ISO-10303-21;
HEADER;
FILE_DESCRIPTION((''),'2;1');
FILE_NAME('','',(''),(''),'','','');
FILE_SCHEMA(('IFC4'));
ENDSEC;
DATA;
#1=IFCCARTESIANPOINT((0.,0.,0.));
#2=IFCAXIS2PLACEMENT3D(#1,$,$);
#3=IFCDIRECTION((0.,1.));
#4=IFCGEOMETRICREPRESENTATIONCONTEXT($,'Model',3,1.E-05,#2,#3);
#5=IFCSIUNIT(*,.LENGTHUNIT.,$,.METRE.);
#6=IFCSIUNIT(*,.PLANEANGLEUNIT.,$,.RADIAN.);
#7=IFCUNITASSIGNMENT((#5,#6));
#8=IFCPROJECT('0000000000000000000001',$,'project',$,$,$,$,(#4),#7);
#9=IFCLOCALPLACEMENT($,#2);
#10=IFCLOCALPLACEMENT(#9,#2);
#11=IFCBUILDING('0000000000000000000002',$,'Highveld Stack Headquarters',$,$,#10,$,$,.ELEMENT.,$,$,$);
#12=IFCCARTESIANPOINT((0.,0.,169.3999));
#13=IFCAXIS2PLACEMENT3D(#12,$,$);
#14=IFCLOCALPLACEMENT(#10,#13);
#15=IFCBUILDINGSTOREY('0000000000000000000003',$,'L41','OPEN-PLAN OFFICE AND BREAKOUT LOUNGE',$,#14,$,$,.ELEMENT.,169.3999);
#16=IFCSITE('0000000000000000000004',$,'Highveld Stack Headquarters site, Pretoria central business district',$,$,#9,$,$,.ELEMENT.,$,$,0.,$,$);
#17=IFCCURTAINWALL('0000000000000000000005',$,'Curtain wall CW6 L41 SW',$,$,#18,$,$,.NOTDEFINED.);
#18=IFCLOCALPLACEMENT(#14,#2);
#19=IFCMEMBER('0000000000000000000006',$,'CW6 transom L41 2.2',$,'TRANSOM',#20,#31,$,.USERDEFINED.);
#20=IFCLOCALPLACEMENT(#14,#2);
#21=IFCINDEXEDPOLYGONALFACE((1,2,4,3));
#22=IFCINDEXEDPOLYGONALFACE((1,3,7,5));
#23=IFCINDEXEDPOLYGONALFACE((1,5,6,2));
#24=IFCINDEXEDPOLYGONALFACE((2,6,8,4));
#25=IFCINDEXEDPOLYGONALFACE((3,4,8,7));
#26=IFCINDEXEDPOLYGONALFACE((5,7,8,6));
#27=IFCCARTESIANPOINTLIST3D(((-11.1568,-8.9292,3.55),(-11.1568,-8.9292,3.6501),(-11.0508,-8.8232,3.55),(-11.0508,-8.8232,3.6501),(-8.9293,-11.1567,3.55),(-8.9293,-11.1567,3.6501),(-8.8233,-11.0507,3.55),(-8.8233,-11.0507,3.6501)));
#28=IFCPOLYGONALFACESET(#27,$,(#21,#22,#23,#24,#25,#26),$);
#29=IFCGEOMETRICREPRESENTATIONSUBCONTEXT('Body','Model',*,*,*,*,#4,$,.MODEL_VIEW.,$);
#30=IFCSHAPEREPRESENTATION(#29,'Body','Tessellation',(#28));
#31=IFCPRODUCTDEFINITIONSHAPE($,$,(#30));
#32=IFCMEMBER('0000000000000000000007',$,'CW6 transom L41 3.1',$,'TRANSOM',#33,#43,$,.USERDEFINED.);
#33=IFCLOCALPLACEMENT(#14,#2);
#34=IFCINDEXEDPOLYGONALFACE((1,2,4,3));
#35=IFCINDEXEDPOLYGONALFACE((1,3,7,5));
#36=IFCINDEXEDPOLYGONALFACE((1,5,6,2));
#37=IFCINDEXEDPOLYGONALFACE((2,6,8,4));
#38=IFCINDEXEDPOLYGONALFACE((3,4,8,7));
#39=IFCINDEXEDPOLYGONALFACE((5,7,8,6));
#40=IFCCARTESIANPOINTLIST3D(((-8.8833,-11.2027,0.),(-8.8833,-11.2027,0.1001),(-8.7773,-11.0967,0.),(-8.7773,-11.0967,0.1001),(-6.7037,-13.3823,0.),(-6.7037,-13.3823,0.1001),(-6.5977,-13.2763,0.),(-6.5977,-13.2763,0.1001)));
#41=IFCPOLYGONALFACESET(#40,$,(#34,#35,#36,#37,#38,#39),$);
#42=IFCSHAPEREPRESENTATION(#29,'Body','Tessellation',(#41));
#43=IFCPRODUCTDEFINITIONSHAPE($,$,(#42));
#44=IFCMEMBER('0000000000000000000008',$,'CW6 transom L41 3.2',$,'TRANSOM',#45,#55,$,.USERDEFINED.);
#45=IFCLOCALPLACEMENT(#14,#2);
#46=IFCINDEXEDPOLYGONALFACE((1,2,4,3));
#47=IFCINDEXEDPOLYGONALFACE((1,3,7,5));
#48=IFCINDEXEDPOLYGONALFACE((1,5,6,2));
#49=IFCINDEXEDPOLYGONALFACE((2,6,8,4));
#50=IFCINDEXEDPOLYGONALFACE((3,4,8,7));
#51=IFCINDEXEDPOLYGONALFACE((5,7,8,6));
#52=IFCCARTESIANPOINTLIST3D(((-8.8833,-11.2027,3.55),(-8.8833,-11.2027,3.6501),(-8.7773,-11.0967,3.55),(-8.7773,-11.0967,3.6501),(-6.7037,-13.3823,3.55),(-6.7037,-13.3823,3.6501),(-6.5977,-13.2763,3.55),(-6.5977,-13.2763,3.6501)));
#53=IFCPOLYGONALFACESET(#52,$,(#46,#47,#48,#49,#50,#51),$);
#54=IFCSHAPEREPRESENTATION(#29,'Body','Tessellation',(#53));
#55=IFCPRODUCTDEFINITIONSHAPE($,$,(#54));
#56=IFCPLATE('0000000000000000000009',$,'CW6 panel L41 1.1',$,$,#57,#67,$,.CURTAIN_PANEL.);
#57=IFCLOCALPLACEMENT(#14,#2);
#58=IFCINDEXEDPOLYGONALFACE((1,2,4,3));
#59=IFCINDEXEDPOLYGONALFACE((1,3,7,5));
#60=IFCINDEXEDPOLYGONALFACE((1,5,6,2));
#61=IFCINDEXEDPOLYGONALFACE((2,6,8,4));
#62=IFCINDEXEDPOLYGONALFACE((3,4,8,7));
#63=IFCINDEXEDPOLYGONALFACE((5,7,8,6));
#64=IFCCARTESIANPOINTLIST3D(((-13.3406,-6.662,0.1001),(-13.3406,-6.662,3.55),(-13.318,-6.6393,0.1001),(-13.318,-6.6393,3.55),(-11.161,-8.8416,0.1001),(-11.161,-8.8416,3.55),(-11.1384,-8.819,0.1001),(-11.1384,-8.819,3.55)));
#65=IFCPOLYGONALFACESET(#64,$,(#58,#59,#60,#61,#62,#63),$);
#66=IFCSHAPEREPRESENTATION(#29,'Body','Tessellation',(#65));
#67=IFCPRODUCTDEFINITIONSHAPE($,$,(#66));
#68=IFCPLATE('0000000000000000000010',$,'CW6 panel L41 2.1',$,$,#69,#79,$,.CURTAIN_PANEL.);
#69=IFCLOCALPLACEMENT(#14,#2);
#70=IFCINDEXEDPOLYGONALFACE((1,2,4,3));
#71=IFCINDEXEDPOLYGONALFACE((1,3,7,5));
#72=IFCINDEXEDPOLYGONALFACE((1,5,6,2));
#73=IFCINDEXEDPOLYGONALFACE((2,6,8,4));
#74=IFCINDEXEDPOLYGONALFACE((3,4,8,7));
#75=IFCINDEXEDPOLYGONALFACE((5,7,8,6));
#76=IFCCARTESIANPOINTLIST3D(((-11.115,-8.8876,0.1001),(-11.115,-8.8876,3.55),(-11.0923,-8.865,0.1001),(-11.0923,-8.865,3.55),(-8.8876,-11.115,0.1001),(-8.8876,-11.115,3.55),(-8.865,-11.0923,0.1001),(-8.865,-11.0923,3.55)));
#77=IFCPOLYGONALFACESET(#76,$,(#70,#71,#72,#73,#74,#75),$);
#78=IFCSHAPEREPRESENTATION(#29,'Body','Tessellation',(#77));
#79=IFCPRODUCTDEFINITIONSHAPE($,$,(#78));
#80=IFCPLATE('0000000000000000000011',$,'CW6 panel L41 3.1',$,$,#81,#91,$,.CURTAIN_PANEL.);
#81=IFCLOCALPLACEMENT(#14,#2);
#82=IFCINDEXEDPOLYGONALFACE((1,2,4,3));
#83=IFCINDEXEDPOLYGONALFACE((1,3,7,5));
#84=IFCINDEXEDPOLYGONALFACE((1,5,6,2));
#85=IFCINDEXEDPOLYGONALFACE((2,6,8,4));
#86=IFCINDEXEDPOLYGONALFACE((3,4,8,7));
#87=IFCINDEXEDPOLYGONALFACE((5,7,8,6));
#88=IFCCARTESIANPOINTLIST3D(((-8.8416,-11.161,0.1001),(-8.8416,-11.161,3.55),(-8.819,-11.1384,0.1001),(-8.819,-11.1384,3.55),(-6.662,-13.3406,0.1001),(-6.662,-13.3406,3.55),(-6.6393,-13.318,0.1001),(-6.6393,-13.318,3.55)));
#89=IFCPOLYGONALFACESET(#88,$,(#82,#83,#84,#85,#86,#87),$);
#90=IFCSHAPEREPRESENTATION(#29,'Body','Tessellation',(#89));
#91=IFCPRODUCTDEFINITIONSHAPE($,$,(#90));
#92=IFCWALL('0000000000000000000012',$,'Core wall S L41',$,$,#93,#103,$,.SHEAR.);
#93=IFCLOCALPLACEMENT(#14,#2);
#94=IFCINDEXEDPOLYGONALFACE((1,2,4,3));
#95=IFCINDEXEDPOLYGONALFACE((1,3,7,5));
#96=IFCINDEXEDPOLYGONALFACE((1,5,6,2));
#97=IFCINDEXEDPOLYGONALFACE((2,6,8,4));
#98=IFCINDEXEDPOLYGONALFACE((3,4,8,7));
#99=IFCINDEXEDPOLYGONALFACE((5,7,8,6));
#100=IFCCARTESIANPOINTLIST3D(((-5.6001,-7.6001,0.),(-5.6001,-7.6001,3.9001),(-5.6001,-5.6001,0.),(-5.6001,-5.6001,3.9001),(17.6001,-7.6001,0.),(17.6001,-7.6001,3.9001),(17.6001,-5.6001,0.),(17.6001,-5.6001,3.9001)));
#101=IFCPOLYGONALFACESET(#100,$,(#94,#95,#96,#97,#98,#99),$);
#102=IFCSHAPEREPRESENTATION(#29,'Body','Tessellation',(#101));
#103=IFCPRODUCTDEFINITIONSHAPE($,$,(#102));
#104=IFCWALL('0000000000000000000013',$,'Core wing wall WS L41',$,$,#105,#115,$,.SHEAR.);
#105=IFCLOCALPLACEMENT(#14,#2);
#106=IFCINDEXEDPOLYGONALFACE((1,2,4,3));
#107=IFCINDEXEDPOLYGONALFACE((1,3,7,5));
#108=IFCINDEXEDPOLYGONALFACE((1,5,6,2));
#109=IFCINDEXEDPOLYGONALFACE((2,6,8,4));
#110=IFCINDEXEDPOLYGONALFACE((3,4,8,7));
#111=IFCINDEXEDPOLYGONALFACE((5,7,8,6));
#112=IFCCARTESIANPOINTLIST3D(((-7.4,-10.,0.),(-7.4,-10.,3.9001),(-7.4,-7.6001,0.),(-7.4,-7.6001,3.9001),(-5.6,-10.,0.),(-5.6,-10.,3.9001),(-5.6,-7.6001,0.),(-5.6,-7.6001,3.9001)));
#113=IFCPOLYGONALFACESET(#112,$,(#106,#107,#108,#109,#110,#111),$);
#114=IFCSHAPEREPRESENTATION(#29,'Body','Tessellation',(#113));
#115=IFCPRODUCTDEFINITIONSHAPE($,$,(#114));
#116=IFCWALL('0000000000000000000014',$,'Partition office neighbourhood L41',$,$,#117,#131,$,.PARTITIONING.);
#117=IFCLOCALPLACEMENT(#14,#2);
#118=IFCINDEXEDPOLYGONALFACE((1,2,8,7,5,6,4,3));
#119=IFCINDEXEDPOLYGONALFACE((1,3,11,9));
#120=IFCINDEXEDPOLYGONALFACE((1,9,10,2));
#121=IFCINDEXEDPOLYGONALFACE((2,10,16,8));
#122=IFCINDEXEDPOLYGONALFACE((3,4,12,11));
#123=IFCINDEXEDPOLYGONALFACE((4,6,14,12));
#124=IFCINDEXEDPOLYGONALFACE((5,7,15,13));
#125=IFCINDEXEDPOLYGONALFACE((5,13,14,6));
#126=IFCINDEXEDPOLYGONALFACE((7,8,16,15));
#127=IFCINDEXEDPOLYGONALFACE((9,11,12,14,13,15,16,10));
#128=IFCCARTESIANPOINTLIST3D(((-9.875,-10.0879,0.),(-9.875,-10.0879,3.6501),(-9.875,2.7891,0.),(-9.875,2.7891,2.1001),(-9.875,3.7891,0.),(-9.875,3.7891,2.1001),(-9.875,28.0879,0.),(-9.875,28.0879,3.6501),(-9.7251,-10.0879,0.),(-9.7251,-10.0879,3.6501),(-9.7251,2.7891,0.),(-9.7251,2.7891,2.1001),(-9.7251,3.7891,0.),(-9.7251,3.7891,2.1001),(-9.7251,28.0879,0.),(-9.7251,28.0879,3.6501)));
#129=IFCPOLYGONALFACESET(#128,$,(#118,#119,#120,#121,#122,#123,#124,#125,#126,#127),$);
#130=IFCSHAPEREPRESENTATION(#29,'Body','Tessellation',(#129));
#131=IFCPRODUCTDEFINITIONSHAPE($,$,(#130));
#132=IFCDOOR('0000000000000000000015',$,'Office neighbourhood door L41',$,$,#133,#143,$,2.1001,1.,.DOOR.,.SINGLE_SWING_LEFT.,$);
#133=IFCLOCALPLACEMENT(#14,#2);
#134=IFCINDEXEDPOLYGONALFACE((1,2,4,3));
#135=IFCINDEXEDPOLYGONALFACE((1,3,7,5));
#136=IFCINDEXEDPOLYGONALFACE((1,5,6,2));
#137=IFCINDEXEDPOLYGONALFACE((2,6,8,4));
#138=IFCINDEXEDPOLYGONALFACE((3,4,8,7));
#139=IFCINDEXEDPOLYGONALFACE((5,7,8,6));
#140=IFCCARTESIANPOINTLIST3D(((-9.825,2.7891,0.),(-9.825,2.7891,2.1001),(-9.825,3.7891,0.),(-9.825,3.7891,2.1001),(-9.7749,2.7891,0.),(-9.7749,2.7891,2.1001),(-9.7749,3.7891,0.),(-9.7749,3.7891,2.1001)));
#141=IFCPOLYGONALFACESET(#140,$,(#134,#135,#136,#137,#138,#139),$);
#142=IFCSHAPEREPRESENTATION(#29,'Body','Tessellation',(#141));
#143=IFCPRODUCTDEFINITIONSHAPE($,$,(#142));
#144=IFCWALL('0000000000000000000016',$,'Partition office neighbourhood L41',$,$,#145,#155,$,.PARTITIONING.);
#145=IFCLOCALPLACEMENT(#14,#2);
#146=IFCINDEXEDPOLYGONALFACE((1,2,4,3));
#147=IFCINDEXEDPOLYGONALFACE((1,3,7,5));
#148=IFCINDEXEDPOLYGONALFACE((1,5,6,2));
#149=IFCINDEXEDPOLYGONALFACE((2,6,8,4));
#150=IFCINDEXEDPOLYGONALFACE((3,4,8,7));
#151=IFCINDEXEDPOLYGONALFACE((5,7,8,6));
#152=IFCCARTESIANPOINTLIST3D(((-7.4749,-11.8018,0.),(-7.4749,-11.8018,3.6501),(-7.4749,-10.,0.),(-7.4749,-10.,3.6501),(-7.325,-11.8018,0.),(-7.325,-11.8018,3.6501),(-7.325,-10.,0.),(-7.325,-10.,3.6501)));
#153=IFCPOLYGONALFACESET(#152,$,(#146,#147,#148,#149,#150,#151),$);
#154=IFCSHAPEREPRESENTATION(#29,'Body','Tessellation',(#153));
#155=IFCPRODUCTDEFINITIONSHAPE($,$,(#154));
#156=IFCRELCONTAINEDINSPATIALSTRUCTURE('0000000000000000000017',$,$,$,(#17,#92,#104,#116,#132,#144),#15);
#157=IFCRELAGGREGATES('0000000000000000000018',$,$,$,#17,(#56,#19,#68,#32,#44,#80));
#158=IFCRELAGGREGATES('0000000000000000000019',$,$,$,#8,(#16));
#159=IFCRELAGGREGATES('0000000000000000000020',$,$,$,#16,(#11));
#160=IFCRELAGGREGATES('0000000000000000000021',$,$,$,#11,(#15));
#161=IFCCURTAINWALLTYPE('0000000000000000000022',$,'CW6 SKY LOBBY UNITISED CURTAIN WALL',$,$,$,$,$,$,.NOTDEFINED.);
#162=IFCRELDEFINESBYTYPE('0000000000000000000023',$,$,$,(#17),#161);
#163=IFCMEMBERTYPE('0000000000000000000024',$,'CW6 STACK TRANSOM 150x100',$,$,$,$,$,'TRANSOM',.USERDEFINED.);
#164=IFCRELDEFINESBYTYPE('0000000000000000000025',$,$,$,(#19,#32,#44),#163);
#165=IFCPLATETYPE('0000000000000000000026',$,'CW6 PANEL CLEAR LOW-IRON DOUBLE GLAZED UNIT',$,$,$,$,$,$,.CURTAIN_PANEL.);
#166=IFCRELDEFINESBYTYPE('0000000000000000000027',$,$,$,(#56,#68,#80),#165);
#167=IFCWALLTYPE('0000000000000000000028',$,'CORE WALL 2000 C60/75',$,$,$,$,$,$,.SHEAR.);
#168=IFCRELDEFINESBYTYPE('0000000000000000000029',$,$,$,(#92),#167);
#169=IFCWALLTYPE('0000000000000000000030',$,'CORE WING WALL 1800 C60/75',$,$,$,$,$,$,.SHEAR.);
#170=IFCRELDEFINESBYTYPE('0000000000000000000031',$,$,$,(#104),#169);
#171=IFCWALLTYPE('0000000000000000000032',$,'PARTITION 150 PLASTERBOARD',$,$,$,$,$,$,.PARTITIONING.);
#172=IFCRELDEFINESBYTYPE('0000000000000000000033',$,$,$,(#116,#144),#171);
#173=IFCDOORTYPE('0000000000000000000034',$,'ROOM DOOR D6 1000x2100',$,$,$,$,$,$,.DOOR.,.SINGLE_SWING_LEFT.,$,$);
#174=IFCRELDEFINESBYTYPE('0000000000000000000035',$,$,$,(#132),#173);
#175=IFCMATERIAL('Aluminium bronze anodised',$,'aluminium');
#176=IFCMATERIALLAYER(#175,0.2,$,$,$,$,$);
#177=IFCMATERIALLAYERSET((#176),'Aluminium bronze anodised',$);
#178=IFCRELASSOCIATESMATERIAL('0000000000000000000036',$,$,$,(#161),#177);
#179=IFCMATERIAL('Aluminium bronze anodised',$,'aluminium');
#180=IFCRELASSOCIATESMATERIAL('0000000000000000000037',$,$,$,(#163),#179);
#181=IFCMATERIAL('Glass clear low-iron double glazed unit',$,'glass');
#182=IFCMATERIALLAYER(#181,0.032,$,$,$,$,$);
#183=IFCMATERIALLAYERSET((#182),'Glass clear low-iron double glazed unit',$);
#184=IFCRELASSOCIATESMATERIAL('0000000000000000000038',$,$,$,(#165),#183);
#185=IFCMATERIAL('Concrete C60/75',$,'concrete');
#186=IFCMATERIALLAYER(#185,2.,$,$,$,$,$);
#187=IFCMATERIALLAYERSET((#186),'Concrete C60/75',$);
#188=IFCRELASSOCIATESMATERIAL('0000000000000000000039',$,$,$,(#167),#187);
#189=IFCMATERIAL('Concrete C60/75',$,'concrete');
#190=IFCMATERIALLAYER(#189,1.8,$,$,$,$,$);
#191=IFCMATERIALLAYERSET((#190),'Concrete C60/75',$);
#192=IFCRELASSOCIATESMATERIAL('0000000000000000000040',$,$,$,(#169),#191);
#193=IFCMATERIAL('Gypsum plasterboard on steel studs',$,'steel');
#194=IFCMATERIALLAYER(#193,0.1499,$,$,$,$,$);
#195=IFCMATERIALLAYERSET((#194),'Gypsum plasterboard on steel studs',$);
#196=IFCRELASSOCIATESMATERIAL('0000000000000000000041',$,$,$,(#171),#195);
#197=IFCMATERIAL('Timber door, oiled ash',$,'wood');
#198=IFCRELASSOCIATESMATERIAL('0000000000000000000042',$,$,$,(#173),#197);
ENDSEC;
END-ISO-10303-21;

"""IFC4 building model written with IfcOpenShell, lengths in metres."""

from ifc_helpers import new_model, si_unit, direction, frame, frame_2d, origin, origin_2d, place, context, subcontext, project, spatial, rectangle, extrude, material, layer, layer_set, material_profile, profile_set, type_object, element, fill, aggregate, save


model = new_model("IFC4")

# Units and contexts
model_context = context("Model", 3, precision=1e-05, world=origin(), true_north=direction((0.0, 1.0)))
body_context = subcontext(model_context, "Body", "Model", "MODEL_VIEW")
ifc_project = project(units=[si_unit("LENGTHUNIT", "METRE"), si_unit("PLANEANGLEUNIT", "RADIAN")], contexts=[model_context])

# Site, building, storey
site_placement = place(None, origin())
site = spatial("IfcSite", under=ifc_project, at=site_placement, Name="Highveld Stack Headquarters site, Pretoria central business district", CompositionType="ELEMENT", RefElevation=0.0)
building_placement = place(site_placement, origin())
building = spatial("IfcBuilding", under=site, at=building_placement, Name="Highveld Stack Headquarters", CompositionType="ELEMENT")
storey_placement = place(building_placement, frame((0.0, 0.0, 169.3999)))
storey = spatial("IfcBuildingStorey", under=building, at=storey_placement, Name="L41", Description="OPEN-PLAN OFFICE AND BREAKOUT LOUNGE", CompositionType="ELEMENT", Elevation=169.3999)

# Shared definitions
ifc_material_1 = material(Name="Aluminium bronze anodised", Category="aluminium")
ifc_layer_1 = layer(ifc_material_1, 0.2)
ifc_layer_set_1 = layer_set([ifc_layer_1], Name="Aluminium bronze anodised")
curtain_wall_type = type_object("IfcCurtainWallType", Name="CW6 SKY LOBBY UNITISED CURTAIN WALL", PredefinedType="NOTDEFINED", material=ifc_layer_set_1)

# Curtain wall
curtain_wall_1_placement = place(storey_placement, origin())
curtain_wall_1 = element("IfcCurtainWall", 1, at=curtain_wall_1_placement, inside=storey, type_object=curtain_wall_type, Name="Curtain wall CW6 L41 SW", PredefinedType="NOTDEFINED")

# Members
ifc_material_2 = material(Name="Aluminium bronze anodised", Category="aluminium")
ifc_material_profile_1 = material_profile(ifc_material_2, rectangle(XDim=0.1499, YDim=0.1001, at=origin_2d()), Name="CW6 TRANSOM 150x100")
ifc_profile_set_1 = profile_set([ifc_material_profile_1], Name="Aluminium bronze anodised")
member_type_1 = type_object("IfcMemberType", Name="CW6 STACK TRANSOM 150x100", ElementType="TRANSOM", PredefinedType="USERDEFINED", material=ifc_profile_set_1)
member_1_placement = place(storey_placement, frame((-11.1038, -8.8762, 3.6001), z_axis=(0.707107, -0.707107, 0.0), x_axis=(0.707107, 0.707107, 0.0)))
member_1 = element("IfcMember", 2, at=member_1_placement, type_object=member_type_1, Name="CW6 transom L41 2.2", ObjectType="TRANSOM", PredefinedType="USERDEFINED", context=body_context, shape_type="SweptSolid", body=[
    extrude(rectangle(XDim=0.1499, YDim=0.1001, at=origin_2d()), origin(), (0.0, 0.0, 1.0), 3.1501),
])
member_2_placement = place(storey_placement, frame((-8.8303, -11.1497, 0.05), z_axis=(0.707107, -0.707107, 0.0), x_axis=(0.707107, 0.707107, 0.0)))
member_2 = element("IfcMember", 3, at=member_2_placement, type_object=member_type_1, Name="CW6 transom L41 3.1", ObjectType="TRANSOM", PredefinedType="USERDEFINED", context=body_context, shape_type="SweptSolid", body=[
    extrude(rectangle(XDim=0.1499, YDim=0.1001, at=origin_2d()), origin(), (0.0, 0.0, 1.0), 3.0825),
])
member_3_placement = place(storey_placement, frame((-8.8303, -11.1497, 3.6001), z_axis=(0.707107, -0.707107, 0.0), x_axis=(0.707107, 0.707107, 0.0)))
member_3 = element("IfcMember", 4, at=member_3_placement, type_object=member_type_1, Name="CW6 transom L41 3.2", ObjectType="TRANSOM", PredefinedType="USERDEFINED", context=body_context, shape_type="SweptSolid", body=[
    extrude(rectangle(XDim=0.1499, YDim=0.1001, at=origin_2d()), origin(), (0.0, 0.0, 1.0), 3.0825),
])

# Plates
ifc_material_3 = material(Name="Glass clear low-iron double glazed unit", Category="glass")
ifc_layer_2 = layer(ifc_material_3, 0.032)
ifc_layer_set_2 = layer_set([ifc_layer_2], Name="Glass clear low-iron double glazed unit")
plate_type = type_object("IfcPlateType", Name="CW6 PANEL CLEAR LOW-IRON DOUBLE GLAZED UNIT", PredefinedType="CURTAIN_PANEL", material=ifc_layer_set_2)
plate_1_placement = place(storey_placement, frame((-12.2395, -7.7405, 0.1001), z_axis=(0.0, 0.0, 1.0), x_axis=(0.707107, -0.707107, 0.0)))
plate_1 = element("IfcPlate", 5, at=plate_1_placement, type_object=plate_type, Name="CW6 panel L41 1.1", PredefinedType="CURTAIN_PANEL", context=body_context, shape_type="SweptSolid", body=[
    extrude(rectangle(XDim=3.0825, YDim=0.032, at=origin_2d()), origin(), (0.0, 0.0, 1.0), 3.45),
])
plate_2_placement = place(storey_placement, frame((-9.99, -9.99, 0.1001), z_axis=(0.0, 0.0, 1.0), x_axis=(0.707107, -0.707107, 0.0)))
plate_2 = element("IfcPlate", 6, at=plate_2_placement, type_object=plate_type, Name="CW6 panel L41 2.1", PredefinedType="CURTAIN_PANEL", context=body_context, shape_type="SweptSolid", body=[
    extrude(rectangle(XDim=3.1499, YDim=0.032, at=origin_2d()), origin(), (0.0, 0.0, 1.0), 3.45),
])
plate_3_placement = place(storey_placement, frame((-7.7405, -12.2395, 0.1001), z_axis=(0.0, 0.0, 1.0), x_axis=(0.707107, -0.707107, 0.0)))
plate_3 = element("IfcPlate", 7, at=plate_3_placement, type_object=plate_type, Name="CW6 panel L41 3.1", PredefinedType="CURTAIN_PANEL", context=body_context, shape_type="SweptSolid", body=[
    extrude(rectangle(XDim=3.0825, YDim=0.032, at=origin_2d()), origin(), (0.0, 0.0, 1.0), 3.45),
])
aggregate(curtain_wall_1, [plate_1, member_1, plate_2, member_2, member_3, plate_3])

# Walls
ifc_material_4 = material(Name="Concrete C60/75", Category="concrete")
ifc_layer_3 = layer(ifc_material_4, 2.0)
ifc_layer_set_3 = layer_set([ifc_layer_3], Name="Concrete C60/75")
wall_type_1 = type_object("IfcWallType", Name="CORE WALL 2000 C60/75", PredefinedType="SHEAR", material=ifc_layer_set_3)
wall_1_placement = place(storey_placement, frame((-5.6001, -6.6001, 0.0), z_axis=(0.0, 0.0, 1.0), x_axis=(1.0, 0.0, 0.0)))
element("IfcWall", 8, at=wall_1_placement, inside=storey, type_object=wall_type_1, Name="Core wall S L41", PredefinedType="SHEAR", context=body_context, shape_type="SweptSolid", body=[
    extrude(rectangle(XDim=23.2002, YDim=2.0, at=frame_2d((11.6001, 0.0))), origin(), (0.0, 0.0, 1.0), 3.9001),
])
ifc_material_5 = material(Name="Concrete C60/75", Category="concrete")
ifc_layer_4 = layer(ifc_material_5, 1.8)
ifc_layer_set_4 = layer_set([ifc_layer_4], Name="Concrete C60/75")
wall_type_2 = type_object("IfcWallType", Name="CORE WING WALL 1800 C60/75", PredefinedType="SHEAR", material=ifc_layer_set_4)
wall_2_placement = place(storey_placement, frame((-6.5, -10.0, 0.0), z_axis=(0.0, 0.0, 1.0), x_axis=(0.0, 1.0, 0.0)))
element("IfcWall", 9, at=wall_2_placement, inside=storey, type_object=wall_type_2, Name="Core wing wall WS L41", PredefinedType="SHEAR", context=body_context, shape_type="SweptSolid", body=[
    extrude(rectangle(XDim=2.3999, YDim=1.8, at=frame_2d((1.2, 0.0))), origin(), (0.0, 0.0, 1.0), 3.9001),
])

# Wall, opening, door
ifc_material_6 = material(Name="Gypsum plasterboard on steel studs", Category="steel")
ifc_layer_5 = layer(ifc_material_6, 0.1499)
ifc_layer_set_5 = layer_set([ifc_layer_5], Name="Gypsum plasterboard on steel studs")
wall_type_3 = type_object("IfcWallType", Name="PARTITION 150 PLASTERBOARD", PredefinedType="PARTITIONING", material=ifc_layer_set_5)
wall_3_placement = place(storey_placement, frame((-9.8, -10.0879, 0.0), z_axis=(0.0, 0.0, 1.0), x_axis=(0.0, 1.0, 0.0)))
wall_3 = element("IfcWall", 10, at=wall_3_placement, inside=storey, type_object=wall_type_3, Name="Partition office neighbourhood L41", PredefinedType="PARTITIONING", context=body_context, shape_type="SweptSolid", body=[
    extrude(rectangle(XDim=38.1758, YDim=0.1499, at=frame_2d((19.0879, 0.0))), origin(), (0.0, 0.0, 1.0), 3.6501),
])
opening_1_placement = place(wall_3_placement, frame((12.877, 0.0, 0.0)))
opening_1 = element("IfcOpeningElement", 11, at=opening_1_placement, cuts=wall_3, PredefinedType="OPENING", context=body_context, shape_type="SweptSolid", body=[
    extrude(rectangle(XDim=1.0, YDim=2.1001, at=frame_2d((0.5, 1.05))), frame((0.0, 0.085, 0.0), z_axis=(0.0, -1.0, 0.0), x_axis=(1.0, 0.0, 0.0)), (0.0, 0.0, 1.0), 0.1699),
])
ifc_material_7 = material(Name="Timber door, oiled ash", Category="wood")
door_type_1 = type_object("IfcDoorType", Name="ROOM DOOR D6 1000x2100", OperationType="SINGLE_SWING_LEFT", PredefinedType="DOOR", material=ifc_material_7)
door_1_placement = place(opening_1_placement, origin())
door_1 = element("IfcDoor", 12, at=door_1_placement, inside=storey, type_object=door_type_1, Name="Office neighbourhood door L41", OperationType="SINGLE_SWING_LEFT", OverallHeight=2.1001, OverallWidth=1.0, PredefinedType="DOOR", context=body_context, shape_type="SweptSolid", body=[
    extrude(rectangle(XDim=1.0, YDim=2.1001, at=frame_2d((0.5, 1.05))), frame((0.0, 0.0249, 0.0), z_axis=(0.0, -1.0, 0.0), x_axis=(1.0, 0.0, 0.0)), (0.0, 0.0, 1.0), 0.05),
])
fill(opening_1, door_1)

# Wall
wall_4_placement = place(storey_placement, frame((-7.3999, -11.8018, 0.0), z_axis=(0.0, 0.0, 1.0), x_axis=(0.0, 1.0, 0.0)))
element("IfcWall", 13, at=wall_4_placement, inside=storey, type_object=wall_type_3, Name="Partition office neighbourhood L41", PredefinedType="PARTITIONING", context=body_context, shape_type="SweptSolid", body=[
    extrude(rectangle(XDim=1.8018, YDim=0.1499, at=frame_2d((0.9009, 0.0))), origin(), (0.0, 0.0, 1.0), 3.6501),
])

save(model, "model.ifc")
